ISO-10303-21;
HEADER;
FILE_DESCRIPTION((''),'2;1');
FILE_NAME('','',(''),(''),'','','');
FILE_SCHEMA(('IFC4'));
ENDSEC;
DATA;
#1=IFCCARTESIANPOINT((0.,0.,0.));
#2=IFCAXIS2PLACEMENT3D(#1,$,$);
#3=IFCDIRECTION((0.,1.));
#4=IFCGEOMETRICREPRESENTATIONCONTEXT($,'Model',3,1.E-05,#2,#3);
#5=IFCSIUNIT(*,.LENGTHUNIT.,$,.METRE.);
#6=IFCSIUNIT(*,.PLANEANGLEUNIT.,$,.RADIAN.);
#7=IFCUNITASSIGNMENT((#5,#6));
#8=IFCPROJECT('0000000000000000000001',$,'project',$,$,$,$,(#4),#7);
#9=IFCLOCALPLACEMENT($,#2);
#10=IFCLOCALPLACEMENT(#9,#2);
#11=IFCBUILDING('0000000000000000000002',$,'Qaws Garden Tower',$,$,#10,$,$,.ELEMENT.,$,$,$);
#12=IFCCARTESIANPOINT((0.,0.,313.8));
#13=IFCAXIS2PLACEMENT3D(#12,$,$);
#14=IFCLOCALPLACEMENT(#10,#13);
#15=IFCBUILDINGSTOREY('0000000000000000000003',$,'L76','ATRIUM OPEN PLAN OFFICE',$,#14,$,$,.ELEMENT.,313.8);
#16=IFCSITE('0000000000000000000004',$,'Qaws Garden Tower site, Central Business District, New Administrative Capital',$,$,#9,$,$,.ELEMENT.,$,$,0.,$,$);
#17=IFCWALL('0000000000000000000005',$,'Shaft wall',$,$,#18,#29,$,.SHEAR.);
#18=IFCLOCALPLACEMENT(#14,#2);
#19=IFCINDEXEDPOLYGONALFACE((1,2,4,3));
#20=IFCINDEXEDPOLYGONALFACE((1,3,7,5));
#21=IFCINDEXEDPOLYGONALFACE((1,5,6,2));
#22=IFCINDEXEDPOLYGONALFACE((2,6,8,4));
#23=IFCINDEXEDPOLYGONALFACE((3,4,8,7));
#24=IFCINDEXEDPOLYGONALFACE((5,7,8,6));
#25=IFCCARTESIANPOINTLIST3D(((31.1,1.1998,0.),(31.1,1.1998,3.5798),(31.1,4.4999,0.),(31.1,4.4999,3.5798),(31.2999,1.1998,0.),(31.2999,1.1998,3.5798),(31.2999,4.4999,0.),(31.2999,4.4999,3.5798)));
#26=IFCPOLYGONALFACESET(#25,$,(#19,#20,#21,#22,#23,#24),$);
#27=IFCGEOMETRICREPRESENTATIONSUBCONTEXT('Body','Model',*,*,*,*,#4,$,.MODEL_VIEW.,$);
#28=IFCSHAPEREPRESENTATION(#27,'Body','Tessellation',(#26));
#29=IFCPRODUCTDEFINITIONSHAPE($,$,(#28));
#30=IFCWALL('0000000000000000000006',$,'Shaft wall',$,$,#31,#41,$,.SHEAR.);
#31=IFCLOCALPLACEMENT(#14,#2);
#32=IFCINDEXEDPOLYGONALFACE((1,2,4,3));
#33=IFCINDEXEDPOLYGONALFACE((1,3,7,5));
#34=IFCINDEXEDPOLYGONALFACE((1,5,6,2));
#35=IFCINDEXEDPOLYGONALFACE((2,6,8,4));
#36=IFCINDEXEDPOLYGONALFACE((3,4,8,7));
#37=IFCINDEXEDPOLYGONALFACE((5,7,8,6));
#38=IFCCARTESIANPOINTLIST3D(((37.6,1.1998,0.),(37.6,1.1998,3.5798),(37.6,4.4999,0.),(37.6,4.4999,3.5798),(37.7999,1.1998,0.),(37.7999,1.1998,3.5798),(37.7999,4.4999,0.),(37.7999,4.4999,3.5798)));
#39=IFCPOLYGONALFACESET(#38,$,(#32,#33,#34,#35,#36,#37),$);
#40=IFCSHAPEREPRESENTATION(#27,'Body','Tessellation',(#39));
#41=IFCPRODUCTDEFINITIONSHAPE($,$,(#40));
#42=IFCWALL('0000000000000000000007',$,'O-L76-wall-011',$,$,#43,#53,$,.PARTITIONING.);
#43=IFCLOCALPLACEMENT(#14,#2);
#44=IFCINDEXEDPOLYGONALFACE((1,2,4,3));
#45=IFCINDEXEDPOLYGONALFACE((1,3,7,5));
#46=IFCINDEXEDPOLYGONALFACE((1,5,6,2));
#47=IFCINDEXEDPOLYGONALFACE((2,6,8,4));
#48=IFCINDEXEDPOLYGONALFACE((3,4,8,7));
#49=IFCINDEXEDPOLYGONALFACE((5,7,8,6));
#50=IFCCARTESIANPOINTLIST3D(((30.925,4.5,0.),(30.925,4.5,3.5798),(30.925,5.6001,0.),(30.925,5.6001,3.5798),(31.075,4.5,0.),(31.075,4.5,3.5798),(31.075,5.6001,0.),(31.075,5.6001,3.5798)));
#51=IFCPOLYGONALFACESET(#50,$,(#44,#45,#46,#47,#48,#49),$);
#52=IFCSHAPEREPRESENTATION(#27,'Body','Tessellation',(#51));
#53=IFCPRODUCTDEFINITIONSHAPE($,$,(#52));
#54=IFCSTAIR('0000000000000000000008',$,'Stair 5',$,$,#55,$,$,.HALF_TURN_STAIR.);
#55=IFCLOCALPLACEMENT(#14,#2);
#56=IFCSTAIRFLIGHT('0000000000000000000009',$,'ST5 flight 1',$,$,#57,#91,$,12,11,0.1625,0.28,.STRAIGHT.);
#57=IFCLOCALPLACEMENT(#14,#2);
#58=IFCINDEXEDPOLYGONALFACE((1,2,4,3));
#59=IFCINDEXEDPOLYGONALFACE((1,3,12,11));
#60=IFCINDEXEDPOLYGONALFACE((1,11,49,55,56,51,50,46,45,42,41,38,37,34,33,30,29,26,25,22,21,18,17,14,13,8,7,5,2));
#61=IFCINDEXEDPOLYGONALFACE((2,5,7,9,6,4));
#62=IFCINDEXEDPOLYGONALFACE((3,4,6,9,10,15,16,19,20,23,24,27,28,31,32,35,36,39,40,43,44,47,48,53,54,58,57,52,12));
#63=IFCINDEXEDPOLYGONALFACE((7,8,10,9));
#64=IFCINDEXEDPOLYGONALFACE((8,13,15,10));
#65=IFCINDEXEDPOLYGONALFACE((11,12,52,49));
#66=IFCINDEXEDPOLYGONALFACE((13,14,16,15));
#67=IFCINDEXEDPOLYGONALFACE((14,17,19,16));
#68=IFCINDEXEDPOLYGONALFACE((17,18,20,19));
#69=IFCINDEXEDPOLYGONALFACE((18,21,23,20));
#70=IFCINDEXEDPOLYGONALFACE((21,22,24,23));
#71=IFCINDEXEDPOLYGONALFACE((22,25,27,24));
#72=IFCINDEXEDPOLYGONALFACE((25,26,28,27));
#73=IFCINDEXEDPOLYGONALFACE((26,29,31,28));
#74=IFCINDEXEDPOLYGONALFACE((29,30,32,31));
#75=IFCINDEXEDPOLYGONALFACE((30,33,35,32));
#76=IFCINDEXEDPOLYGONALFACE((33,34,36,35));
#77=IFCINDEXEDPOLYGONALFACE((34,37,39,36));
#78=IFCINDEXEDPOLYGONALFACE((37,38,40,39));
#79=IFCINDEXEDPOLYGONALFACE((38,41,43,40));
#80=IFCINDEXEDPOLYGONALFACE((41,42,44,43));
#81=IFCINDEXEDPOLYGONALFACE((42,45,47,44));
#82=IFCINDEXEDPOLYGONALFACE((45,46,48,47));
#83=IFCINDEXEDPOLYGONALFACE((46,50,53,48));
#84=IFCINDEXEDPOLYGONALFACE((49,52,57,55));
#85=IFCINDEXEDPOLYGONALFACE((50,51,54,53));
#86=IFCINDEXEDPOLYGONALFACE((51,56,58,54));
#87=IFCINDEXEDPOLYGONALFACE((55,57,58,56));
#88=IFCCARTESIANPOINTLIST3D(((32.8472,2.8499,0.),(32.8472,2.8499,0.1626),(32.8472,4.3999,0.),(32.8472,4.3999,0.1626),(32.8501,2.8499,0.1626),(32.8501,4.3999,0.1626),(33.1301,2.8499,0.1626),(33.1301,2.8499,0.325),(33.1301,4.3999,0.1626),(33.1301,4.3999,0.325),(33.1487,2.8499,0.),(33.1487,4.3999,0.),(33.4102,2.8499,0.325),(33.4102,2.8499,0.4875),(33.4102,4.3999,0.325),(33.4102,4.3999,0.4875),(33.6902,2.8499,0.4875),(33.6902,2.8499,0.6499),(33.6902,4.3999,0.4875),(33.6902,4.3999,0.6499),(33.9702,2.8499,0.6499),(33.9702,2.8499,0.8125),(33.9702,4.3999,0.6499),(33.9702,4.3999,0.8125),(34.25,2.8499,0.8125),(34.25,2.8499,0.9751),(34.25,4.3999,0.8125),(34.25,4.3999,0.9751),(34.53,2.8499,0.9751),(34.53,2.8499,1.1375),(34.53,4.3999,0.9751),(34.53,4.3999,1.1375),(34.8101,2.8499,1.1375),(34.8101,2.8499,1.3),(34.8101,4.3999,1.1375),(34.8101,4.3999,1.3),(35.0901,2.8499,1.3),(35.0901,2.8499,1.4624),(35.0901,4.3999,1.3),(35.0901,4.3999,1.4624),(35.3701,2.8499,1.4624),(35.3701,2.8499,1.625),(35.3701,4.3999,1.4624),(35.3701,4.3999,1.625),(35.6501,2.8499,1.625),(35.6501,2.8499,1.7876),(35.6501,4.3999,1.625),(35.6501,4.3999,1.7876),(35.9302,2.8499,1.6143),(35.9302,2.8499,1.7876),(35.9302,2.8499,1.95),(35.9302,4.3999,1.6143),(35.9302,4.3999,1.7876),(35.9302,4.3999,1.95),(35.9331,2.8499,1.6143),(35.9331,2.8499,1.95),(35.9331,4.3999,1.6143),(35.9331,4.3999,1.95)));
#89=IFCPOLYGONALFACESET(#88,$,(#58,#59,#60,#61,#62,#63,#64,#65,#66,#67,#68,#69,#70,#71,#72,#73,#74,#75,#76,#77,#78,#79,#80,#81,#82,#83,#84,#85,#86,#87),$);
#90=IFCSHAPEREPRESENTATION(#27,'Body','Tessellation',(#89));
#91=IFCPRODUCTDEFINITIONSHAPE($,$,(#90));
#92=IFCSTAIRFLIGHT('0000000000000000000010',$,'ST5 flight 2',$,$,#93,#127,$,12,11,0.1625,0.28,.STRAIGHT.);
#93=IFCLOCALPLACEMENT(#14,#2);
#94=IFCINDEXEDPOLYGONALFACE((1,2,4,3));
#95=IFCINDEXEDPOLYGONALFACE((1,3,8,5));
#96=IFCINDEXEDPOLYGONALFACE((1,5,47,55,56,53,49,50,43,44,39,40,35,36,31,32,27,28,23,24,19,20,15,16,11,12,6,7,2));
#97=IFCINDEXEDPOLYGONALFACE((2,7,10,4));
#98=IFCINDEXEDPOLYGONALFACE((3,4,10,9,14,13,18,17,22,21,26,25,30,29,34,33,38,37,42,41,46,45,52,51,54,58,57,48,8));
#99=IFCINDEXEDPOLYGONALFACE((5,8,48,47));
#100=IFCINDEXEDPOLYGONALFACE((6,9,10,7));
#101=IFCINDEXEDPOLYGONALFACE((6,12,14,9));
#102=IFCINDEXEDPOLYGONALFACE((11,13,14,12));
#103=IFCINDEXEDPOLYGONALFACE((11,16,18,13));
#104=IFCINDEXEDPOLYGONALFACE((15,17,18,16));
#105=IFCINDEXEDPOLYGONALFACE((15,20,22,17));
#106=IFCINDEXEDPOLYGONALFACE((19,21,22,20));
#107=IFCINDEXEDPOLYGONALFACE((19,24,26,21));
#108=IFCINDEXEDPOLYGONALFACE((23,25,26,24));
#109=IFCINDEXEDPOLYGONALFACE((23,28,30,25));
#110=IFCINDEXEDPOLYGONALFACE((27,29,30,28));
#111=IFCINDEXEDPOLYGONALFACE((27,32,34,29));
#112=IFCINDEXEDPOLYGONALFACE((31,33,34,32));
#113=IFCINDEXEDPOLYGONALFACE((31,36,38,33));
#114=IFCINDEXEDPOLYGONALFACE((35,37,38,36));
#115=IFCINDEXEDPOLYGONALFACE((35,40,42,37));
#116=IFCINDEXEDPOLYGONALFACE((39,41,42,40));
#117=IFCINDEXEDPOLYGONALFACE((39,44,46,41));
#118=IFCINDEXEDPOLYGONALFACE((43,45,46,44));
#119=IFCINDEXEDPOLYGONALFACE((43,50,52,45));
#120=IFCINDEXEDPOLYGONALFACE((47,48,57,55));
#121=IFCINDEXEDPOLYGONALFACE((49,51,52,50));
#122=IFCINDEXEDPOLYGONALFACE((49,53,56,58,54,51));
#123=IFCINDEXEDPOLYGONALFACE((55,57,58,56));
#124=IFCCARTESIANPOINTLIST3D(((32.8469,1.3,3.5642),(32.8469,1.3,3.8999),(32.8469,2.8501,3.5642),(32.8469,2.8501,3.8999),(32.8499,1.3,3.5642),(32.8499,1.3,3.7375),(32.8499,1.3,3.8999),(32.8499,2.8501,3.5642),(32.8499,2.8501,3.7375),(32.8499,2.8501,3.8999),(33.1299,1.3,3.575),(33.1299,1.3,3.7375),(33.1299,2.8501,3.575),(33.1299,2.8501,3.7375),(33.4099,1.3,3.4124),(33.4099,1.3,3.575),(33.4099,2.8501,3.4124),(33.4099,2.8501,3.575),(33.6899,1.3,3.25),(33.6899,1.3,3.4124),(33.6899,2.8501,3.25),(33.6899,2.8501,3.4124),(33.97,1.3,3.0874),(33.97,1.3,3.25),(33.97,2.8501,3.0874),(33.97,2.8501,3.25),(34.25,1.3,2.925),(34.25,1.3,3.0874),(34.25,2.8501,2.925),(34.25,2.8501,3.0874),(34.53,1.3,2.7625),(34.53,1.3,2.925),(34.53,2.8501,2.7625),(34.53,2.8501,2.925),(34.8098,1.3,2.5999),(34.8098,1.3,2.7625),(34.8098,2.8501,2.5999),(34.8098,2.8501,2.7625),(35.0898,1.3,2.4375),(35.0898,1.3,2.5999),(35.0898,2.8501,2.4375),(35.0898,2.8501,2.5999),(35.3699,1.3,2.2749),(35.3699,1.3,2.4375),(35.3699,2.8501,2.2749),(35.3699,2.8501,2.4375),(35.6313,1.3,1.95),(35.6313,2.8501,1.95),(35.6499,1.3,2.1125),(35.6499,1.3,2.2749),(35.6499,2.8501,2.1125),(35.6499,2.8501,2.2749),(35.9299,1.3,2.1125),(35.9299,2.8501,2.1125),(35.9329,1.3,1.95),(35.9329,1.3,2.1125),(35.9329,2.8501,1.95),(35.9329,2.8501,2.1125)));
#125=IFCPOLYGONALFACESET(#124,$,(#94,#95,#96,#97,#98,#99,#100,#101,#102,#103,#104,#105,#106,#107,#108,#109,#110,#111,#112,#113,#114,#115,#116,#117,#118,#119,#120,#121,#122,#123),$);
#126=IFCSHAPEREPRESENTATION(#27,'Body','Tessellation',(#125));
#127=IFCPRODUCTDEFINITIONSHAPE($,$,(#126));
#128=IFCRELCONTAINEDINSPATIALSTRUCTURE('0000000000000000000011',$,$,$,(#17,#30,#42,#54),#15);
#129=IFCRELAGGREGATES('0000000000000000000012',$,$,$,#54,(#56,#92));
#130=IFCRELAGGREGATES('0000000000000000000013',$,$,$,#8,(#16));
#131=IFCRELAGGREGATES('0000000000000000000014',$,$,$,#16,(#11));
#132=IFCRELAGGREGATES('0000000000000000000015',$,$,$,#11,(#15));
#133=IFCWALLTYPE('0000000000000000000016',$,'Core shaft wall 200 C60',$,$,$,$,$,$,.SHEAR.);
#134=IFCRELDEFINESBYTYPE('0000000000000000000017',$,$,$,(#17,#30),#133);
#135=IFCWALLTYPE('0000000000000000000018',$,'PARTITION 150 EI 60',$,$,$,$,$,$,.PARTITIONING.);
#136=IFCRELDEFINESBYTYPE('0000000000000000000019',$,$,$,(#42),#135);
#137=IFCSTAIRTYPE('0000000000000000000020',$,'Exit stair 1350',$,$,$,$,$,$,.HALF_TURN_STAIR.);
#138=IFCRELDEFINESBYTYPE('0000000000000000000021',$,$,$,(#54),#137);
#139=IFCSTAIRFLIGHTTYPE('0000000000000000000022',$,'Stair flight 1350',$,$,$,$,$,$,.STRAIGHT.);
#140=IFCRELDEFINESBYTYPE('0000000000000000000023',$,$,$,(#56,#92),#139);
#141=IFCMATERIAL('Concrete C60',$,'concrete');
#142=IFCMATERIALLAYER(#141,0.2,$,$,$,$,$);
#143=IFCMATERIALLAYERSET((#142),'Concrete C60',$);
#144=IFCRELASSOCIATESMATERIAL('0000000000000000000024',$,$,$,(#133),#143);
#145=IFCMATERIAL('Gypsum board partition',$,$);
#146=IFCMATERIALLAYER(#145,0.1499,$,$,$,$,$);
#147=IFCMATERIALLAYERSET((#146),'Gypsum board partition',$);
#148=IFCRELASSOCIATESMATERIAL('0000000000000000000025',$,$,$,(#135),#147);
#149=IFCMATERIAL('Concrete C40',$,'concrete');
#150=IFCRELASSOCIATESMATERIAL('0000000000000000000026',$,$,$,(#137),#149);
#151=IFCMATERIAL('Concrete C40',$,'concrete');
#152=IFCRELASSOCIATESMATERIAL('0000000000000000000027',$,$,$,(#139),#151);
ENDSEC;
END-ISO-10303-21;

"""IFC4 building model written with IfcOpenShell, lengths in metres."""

from ifc_helpers import new_model, si_unit, direction, frame, frame_2d, origin, place, context, subcontext, project, spatial, polyline, rectangle, outline, extrude, material, layer, layer_set, type_object, element, aggregate, save


model = new_model("IFC4")

# Units and contexts
model_context = context("Model", 3, precision=1e-05, world=origin(), true_north=direction((0.0, 1.0)))
body_context = subcontext(model_context, "Body", "Model", "MODEL_VIEW")
ifc_project = project(units=[si_unit("LENGTHUNIT", "METRE"), si_unit("PLANEANGLEUNIT", "RADIAN")], contexts=[model_context])

# Site, building, storey
site_placement = place(None, origin())
site = spatial("IfcSite", under=ifc_project, at=site_placement, Name="Qaws Garden Tower site, Central Business District, New Administrative Capital", CompositionType="ELEMENT", RefElevation=0.0)
building_placement = place(site_placement, origin())
building = spatial("IfcBuilding", under=site, at=building_placement, Name="Qaws Garden Tower", CompositionType="ELEMENT")
storey_placement = place(building_placement, frame((0.0, 0.0, 313.8)))
storey = spatial("IfcBuildingStorey", under=building, at=storey_placement, Name="L76", Description="ATRIUM OPEN PLAN OFFICE", CompositionType="ELEMENT", Elevation=313.8)

# Shared definitions
ifc_material_1 = material(Name="Concrete C60", Category="concrete")
ifc_layer_1 = layer(ifc_material_1, 0.2)
ifc_layer_set_1 = layer_set([ifc_layer_1], Name="Concrete C60")
wall_type_1 = type_object("IfcWallType", Name="Core shaft wall 200 C60", PredefinedType="SHEAR", material=ifc_layer_set_1)

# Walls
for number, where, z_axis, x_axis, name in (
    (1, (31.2, 1.2, 0.0), (0.0, 0.0, 1.0), (0.0, 1.0, 0.0), "Shaft wall"),
    (2, (37.7, 1.2, 0.0), (0.0, 0.0, 1.0), (0.0, 1.0, 0.0), "Shaft wall"),
):
    element("IfcWall", number, at=place(storey_placement, frame(where, z_axis=z_axis, x_axis=x_axis)), inside=storey, type_object=wall_type_1, Name=name, PredefinedType="SHEAR", context=body_context, shape_type="SweptSolid", body=[
        extrude(rectangle(XDim=3.3, YDim=0.2, at=frame_2d((1.6499, 0.0))), origin(), (0.0, 0.0, 1.0), 3.5798),
    ])
ifc_material_2 = material(Name="Gypsum board partition")
ifc_layer_2 = layer(ifc_material_2, 0.1499)
ifc_layer_set_2 = layer_set([ifc_layer_2], Name="Gypsum board partition")
wall_type_2 = type_object("IfcWallType", Name="PARTITION 150 EI 60", PredefinedType="PARTITIONING", material=ifc_layer_set_2)
wall_1_placement = place(storey_placement, frame((31.0, 4.5, 0.0), z_axis=(0.0, 0.0, 1.0), x_axis=(0.0, 1.0, 0.0)))
element("IfcWall", 3, at=wall_1_placement, inside=storey, type_object=wall_type_2, Name="O-L76-wall-011", PredefinedType="PARTITIONING", context=body_context, shape_type="SweptSolid", body=[
    extrude(rectangle(XDim=1.1001, YDim=0.1499, at=frame_2d((0.55, 0.0))), origin(), (0.0, 0.0, 1.0), 3.5798),
])

# Stair, stair flights
ifc_material_3 = material(Name="Concrete C40", Category="concrete")
stair_type = type_object("IfcStairType", Name="Exit stair 1350", PredefinedType="HALF_TURN_STAIR", material=ifc_material_3)
stair_placement = place(storey_placement, origin())
stair = element("IfcStair", 4, at=stair_placement, inside=storey, type_object=stair_type, Name="Stair 5", PredefinedType="HALF_TURN_STAIR")
ifc_material_4 = material(Name="Concrete C40", Category="concrete")
stair_flight_type = type_object("IfcStairFlightType", Name="Stair flight 1350", PredefinedType="STRAIGHT", material=ifc_material_4)
stair_flight_1_placement = place(storey_placement, frame((32.8501, 3.625, 0.0), z_axis=(0.0, 0.0, 1.0), x_axis=(1.0, 0.0, 0.0)))
stair_flight_1 = element("IfcStairFlight", 5, at=stair_flight_1_placement, type_object=stair_flight_type, Name="ST5 flight 1", NumberOfRisers=12, NumberOfTreads=11, PredefinedType="STRAIGHT", RiserHeight=0.1625, TreadLength=0.28, context=body_context, shape_type="SweptSolid", body=[
    extrude(outline(polyline([(-0.0029, 0.0), (-0.0029, 0.1626), (0.0, 0.1626), (0.28, 0.1626), (0.28, 0.325), (0.5601, 0.325), (0.5601, 0.4875), (0.8401, 0.4875), (0.8401, 0.6499), (1.1201, 0.6499), (1.1201, 0.8125), (1.3999, 0.8125), (1.3999, 0.9751), (1.6799, 0.9751), (1.6799, 1.1375), (1.96, 1.1375), (1.96, 1.3), (2.24, 1.3), (2.24, 1.4624), (2.52, 1.4624), (2.52, 1.625), (2.8, 1.625), (2.8, 1.7876), (3.0801, 1.7876), (3.0801, 1.95), (3.083, 1.95), (3.083, 1.6143), (3.0801, 1.6143), (0.2986, 0.0), (-0.0029, 0.0)])), frame((0.0, 0.7749, 0.0), z_axis=(0.0, -1.0, 0.0), x_axis=(1.0, 0.0, 0.0)), (0.0, 0.0, 1.0), 1.55),
])
stair_flight_2_placement = place(storey_placement, frame((35.9299, 2.075, 1.95), z_axis=(0.0, 0.0, 1.0), x_axis=(-1.0, 0.0, 0.0)))
stair_flight_2 = element("IfcStairFlight", 6, at=stair_flight_2_placement, type_object=stair_flight_type, Name="ST5 flight 2", NumberOfRisers=12, NumberOfTreads=11, PredefinedType="STRAIGHT", RiserHeight=0.1625, TreadLength=0.28, context=body_context, shape_type="SweptSolid", body=[
    extrude(outline(polyline([(-0.0029, 0.0), (-0.0029, 0.1626), (0.0, 0.1626), (0.28, 0.1626), (0.28, 0.325), (0.5601, 0.325), (0.5601, 0.4875), (0.8401, 0.4875), (0.8401, 0.6499), (1.1201, 0.6499), (1.1201, 0.8125), (1.3999, 0.8125), (1.3999, 0.9751), (1.6799, 0.9751), (1.6799, 1.1375), (1.96, 1.1375), (1.96, 1.3), (2.24, 1.3), (2.24, 1.4624), (2.52, 1.4624), (2.52, 1.625), (2.8, 1.625), (2.8, 1.7876), (3.0801, 1.7876), (3.0801, 1.95), (3.083, 1.95), (3.083, 1.6143), (3.0801, 1.6143), (0.2986, 0.0), (-0.0029, 0.0)])), frame((0.0, 0.7749, 0.0), z_axis=(0.0, -1.0, 0.0), x_axis=(1.0, 0.0, 0.0)), (0.0, 0.0, 1.0), 1.55),
])
aggregate(stair, [stair_flight_1, stair_flight_2])

save(model, "model.ifc")
